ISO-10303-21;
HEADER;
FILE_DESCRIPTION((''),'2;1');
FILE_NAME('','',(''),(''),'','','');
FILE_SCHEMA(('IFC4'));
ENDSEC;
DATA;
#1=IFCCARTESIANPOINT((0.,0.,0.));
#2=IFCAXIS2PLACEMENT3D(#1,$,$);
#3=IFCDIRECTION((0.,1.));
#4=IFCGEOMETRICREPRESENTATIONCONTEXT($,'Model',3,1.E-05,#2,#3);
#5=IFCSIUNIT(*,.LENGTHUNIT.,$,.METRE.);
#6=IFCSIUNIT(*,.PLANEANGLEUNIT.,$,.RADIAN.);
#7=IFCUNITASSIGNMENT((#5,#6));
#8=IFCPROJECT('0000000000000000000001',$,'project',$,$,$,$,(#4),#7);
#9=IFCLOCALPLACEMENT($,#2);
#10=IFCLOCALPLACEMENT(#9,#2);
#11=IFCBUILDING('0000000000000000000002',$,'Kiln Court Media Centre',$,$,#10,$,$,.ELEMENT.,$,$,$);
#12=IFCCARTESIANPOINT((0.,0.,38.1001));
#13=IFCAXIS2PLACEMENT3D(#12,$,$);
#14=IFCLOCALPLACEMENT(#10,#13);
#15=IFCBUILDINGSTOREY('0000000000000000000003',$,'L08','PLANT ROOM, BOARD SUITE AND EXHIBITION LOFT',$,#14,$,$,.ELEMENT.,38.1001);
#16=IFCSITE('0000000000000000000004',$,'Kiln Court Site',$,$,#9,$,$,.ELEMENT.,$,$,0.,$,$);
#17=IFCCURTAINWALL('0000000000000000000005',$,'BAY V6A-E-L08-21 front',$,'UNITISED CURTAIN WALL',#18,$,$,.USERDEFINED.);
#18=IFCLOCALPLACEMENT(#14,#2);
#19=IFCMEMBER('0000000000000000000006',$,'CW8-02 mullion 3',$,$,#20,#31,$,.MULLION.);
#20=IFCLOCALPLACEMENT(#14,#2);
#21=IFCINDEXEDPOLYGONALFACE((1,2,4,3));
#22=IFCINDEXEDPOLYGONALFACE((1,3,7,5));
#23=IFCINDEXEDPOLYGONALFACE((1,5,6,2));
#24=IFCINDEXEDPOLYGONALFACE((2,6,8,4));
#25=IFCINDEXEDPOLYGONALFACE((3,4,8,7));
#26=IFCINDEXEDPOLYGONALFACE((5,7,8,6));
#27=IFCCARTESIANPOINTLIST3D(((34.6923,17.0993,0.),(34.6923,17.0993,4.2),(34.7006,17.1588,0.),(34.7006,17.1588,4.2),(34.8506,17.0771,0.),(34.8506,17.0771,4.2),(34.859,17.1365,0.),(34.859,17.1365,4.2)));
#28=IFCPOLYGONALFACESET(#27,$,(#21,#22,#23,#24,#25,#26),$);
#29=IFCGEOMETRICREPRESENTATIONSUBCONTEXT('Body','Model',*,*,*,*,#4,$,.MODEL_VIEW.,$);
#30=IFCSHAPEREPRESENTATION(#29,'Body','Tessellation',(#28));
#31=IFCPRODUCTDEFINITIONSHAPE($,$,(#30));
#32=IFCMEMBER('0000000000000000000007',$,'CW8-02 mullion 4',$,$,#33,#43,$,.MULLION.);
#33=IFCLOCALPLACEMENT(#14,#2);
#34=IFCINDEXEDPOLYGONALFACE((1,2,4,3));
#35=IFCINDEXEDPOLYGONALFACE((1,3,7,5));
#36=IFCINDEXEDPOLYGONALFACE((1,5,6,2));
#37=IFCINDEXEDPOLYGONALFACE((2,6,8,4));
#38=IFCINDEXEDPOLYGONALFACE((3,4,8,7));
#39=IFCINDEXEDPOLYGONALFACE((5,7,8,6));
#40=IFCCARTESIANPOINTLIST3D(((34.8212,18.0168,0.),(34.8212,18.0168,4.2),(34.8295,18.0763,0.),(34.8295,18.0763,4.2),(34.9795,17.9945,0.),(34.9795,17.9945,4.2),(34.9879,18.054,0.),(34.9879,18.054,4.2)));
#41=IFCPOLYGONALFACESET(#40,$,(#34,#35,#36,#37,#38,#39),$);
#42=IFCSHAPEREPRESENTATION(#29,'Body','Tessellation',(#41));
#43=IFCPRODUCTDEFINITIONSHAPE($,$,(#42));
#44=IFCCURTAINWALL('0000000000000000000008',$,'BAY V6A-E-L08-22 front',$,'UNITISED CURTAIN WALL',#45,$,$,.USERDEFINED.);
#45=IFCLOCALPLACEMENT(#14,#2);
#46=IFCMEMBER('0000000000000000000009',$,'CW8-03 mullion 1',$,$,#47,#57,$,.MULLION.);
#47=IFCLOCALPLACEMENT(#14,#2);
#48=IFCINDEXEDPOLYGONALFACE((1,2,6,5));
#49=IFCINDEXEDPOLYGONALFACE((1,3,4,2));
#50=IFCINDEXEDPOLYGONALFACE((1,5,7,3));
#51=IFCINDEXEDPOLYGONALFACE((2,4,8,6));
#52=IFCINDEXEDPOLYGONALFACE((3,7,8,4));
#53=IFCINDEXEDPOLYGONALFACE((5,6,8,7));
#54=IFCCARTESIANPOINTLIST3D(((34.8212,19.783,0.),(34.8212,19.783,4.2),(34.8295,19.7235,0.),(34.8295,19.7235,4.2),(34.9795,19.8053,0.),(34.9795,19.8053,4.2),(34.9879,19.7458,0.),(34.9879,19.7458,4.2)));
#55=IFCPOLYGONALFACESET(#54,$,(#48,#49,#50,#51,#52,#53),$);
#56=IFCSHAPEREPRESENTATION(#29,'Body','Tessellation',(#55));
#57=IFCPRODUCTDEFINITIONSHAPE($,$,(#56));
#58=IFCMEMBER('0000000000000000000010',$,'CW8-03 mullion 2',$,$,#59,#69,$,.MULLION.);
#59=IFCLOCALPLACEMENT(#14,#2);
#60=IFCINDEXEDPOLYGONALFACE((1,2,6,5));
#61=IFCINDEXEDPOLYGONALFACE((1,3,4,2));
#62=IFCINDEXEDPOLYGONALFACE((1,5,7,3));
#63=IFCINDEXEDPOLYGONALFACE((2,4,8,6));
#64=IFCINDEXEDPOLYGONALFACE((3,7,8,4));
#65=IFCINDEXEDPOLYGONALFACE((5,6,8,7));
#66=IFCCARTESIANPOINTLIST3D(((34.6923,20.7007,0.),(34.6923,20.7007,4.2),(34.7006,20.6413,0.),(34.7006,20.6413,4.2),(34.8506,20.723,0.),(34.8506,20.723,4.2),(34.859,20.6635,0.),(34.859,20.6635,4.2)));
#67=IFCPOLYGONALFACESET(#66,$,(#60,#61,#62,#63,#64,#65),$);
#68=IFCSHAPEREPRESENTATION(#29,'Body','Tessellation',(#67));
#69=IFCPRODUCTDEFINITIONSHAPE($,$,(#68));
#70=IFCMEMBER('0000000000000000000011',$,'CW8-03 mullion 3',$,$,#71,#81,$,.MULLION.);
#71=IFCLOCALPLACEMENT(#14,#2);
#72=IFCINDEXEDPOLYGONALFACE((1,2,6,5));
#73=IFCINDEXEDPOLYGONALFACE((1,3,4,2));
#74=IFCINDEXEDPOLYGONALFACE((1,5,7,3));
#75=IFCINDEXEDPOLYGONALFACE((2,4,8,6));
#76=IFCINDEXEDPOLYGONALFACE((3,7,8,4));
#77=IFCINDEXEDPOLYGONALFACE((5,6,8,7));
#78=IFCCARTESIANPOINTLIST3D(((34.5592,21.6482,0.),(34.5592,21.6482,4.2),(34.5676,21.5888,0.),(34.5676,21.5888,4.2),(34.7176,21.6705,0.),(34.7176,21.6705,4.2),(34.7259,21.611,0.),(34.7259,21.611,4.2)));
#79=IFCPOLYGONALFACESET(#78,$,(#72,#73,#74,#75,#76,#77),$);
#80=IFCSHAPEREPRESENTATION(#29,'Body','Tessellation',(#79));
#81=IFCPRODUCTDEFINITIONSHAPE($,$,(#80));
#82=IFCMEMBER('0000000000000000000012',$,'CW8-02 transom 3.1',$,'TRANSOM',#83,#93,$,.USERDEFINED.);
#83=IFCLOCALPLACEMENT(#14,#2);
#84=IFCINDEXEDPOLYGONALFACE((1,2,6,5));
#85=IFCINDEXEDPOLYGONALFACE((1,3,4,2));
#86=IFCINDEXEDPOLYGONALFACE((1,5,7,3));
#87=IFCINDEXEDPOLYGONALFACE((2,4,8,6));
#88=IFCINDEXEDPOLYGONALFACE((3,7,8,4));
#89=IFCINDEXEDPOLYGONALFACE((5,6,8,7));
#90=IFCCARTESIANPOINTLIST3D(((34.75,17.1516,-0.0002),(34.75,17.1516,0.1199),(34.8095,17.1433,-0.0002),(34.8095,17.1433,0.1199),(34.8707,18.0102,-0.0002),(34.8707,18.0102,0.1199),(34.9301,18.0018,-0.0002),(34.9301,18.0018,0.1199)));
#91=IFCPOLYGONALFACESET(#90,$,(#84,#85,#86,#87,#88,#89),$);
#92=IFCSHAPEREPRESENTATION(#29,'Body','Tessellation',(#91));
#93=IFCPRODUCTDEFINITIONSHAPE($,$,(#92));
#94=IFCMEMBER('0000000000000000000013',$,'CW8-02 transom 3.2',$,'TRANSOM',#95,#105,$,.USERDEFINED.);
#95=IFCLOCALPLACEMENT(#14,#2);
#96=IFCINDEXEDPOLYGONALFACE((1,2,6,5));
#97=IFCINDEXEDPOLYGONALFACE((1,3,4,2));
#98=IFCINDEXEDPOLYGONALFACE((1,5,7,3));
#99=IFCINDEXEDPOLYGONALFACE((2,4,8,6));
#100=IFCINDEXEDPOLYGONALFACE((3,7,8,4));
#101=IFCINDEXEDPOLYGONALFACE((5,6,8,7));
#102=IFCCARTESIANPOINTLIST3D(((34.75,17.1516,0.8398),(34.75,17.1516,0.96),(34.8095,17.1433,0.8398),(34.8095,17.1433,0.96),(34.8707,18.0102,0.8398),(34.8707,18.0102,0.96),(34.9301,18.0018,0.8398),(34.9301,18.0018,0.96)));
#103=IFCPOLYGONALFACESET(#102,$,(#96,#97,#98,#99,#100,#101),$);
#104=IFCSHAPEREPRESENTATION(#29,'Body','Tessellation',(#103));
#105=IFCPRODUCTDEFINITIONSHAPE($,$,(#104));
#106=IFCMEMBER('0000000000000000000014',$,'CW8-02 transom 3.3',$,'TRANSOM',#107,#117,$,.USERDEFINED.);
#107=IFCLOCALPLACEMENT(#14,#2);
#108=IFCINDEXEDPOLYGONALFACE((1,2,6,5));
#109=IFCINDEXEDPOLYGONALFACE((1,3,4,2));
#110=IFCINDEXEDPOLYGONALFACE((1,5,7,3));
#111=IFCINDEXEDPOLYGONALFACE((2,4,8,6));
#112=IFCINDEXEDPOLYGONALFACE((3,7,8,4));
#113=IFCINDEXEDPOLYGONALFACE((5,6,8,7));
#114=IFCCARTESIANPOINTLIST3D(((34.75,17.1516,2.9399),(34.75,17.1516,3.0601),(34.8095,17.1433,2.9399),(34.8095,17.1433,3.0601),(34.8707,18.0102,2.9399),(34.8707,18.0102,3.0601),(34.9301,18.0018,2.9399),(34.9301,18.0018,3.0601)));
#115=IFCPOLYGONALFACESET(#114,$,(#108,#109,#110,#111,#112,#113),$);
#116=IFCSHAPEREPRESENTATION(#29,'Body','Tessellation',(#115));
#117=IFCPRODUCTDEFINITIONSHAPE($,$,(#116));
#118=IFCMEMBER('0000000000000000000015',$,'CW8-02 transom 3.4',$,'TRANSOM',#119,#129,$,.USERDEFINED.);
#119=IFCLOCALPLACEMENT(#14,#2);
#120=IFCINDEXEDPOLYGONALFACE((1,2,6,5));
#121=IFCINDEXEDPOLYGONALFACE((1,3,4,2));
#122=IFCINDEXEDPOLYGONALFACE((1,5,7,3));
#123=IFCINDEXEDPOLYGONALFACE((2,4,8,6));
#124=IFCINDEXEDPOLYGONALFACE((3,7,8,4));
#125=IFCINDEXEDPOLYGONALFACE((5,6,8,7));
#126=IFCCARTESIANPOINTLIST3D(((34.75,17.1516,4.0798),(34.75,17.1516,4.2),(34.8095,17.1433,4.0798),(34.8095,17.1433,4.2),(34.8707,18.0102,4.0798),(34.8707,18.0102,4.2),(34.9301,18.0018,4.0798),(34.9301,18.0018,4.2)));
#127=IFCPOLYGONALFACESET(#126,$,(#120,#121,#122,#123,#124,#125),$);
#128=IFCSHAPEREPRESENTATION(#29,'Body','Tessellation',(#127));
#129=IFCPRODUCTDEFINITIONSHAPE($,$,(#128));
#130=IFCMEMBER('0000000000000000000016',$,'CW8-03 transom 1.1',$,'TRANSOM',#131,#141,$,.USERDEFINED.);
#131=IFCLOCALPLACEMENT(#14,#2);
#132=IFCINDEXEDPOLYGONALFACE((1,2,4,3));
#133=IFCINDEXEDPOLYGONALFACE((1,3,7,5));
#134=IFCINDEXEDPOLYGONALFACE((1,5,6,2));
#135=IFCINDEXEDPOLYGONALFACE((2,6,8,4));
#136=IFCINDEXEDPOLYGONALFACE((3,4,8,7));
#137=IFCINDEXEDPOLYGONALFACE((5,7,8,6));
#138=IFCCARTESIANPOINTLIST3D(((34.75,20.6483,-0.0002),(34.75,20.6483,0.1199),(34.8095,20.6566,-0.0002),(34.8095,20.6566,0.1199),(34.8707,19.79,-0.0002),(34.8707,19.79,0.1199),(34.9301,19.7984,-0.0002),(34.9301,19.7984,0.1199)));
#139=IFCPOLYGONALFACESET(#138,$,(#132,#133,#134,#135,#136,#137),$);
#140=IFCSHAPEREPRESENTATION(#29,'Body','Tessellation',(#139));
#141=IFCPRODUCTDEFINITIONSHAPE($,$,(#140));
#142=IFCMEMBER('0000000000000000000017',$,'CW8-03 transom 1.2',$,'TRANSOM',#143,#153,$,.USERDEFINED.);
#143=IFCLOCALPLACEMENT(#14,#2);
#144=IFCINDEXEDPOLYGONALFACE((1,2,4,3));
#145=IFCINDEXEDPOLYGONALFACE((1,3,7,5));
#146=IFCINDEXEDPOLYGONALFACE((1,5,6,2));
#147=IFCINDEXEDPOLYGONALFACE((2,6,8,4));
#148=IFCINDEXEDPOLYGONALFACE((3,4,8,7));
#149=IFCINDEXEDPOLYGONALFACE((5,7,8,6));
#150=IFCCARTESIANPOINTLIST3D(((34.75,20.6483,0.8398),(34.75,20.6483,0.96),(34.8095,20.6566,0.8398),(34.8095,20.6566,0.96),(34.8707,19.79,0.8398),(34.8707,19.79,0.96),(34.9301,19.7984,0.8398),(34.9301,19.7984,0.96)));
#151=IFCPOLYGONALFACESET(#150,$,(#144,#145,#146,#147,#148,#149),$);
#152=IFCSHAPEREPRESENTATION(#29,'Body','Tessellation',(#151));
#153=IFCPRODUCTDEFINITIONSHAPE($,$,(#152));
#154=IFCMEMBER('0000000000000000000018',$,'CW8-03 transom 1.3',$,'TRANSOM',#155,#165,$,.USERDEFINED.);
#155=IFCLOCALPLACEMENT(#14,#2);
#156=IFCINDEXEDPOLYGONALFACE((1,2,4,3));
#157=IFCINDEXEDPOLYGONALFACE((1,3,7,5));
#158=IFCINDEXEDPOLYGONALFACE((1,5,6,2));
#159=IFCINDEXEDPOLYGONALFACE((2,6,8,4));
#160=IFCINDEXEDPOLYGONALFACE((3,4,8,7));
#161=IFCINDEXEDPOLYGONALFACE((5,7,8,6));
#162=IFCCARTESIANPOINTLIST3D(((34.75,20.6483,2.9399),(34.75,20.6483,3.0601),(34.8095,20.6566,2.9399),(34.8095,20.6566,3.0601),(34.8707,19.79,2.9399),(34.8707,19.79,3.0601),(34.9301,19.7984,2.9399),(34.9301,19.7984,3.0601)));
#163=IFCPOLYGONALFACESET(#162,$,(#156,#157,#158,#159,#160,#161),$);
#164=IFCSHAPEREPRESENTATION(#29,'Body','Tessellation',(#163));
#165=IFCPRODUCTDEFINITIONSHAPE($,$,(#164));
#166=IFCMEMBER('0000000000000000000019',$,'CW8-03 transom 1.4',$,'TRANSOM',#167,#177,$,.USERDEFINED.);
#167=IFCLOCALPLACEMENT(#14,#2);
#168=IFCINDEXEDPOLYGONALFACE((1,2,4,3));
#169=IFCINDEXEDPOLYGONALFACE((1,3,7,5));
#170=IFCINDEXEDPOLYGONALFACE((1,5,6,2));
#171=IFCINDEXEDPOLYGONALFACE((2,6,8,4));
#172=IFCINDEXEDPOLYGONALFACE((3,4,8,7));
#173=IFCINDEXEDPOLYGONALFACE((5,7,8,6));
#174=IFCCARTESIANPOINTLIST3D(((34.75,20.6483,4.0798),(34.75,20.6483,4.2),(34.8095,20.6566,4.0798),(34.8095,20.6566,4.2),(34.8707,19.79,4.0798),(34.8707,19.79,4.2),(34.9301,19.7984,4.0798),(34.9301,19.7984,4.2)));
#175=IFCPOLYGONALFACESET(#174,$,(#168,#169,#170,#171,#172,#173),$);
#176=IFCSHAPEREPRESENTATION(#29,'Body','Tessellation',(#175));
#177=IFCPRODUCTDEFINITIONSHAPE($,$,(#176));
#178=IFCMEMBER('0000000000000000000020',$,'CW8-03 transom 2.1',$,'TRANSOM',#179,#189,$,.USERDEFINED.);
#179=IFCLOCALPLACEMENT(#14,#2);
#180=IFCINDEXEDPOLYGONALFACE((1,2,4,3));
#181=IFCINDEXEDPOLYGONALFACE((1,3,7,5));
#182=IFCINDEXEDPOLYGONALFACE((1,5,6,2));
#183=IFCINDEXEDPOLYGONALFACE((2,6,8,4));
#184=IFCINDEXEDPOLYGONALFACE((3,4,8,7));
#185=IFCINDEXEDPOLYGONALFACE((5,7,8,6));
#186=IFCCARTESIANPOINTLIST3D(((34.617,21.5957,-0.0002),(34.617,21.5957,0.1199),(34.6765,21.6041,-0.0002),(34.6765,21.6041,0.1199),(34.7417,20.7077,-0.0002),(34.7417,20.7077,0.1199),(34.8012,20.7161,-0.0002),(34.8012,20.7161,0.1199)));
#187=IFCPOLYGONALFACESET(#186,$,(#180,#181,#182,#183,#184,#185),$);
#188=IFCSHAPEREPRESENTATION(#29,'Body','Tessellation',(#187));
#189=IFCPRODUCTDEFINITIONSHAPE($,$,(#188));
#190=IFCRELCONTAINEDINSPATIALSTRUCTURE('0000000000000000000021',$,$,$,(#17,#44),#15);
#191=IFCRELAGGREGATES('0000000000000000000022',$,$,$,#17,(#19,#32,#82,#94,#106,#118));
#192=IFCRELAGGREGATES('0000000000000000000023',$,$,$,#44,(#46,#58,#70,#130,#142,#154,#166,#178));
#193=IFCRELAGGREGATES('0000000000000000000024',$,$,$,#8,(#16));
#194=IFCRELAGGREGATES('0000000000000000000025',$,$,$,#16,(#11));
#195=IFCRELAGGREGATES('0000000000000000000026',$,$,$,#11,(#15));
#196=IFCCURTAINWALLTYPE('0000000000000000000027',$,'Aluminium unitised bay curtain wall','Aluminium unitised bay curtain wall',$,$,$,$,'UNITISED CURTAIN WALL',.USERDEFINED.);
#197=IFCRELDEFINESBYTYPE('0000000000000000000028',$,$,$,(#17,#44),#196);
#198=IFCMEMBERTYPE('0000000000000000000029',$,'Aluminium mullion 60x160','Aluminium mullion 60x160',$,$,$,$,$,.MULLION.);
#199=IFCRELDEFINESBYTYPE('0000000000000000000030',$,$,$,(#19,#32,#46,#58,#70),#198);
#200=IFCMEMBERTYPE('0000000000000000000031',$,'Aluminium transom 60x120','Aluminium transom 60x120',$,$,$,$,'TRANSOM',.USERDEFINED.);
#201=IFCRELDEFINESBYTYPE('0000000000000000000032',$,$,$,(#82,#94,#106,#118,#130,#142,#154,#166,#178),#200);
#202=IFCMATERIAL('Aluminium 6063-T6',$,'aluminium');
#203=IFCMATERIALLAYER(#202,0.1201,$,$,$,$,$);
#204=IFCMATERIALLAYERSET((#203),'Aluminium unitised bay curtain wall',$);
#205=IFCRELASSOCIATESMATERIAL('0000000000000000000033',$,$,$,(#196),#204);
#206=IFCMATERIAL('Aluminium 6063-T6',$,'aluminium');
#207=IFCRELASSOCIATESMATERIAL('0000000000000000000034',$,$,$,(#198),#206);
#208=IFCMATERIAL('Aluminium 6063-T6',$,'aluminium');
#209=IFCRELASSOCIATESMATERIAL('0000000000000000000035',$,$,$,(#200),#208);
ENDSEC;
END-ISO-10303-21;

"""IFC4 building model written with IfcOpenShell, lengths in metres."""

from ifc_helpers import new_model, si_unit, direction, frame, origin, origin_2d, place, context, subcontext, project, spatial, rectangle, extrude, material, layer, layer_set, material_profile, profile_set, type_object, element, aggregate, save


model = new_model("IFC4")

# Units and contexts
model_context = context("Model", 3, precision=1e-05, world=origin(), true_north=direction((0.0, 1.0)))
body_context = subcontext(model_context, "Body", "Model", "MODEL_VIEW")
ifc_project = project(units=[si_unit("LENGTHUNIT", "METRE"), si_unit("PLANEANGLEUNIT", "RADIAN")], contexts=[model_context])

# Site, building, storey
site_placement = place(None, origin())
site = spatial("IfcSite", under=ifc_project, at=site_placement, Name="Kiln Court Site", CompositionType="ELEMENT", RefElevation=0.0)
building_placement = place(site_placement, origin())
building = spatial("IfcBuilding", under=site, at=building_placement, Name="Kiln Court Media Centre", CompositionType="ELEMENT")
storey_placement = place(building_placement, frame((0.0, 0.0, 38.1001)))
storey = spatial("IfcBuildingStorey", under=building, at=storey_placement, Name="L08", Description="PLANT ROOM, BOARD SUITE AND EXHIBITION LOFT", CompositionType="ELEMENT", Elevation=38.1001)

# Curtain walls, members
ifc_material_1 = material(Name="Aluminium 6063-T6", Category="aluminium")
ifc_layer_1 = layer(ifc_material_1, 0.1201)
ifc_layer_set_1 = layer_set([ifc_layer_1], Name="Aluminium unitised bay curtain wall")
curtain_wall_type = type_object("IfcCurtainWallType", Name="Aluminium unitised bay curtain wall", Description="Aluminium unitised bay curtain wall", ElementType="UNITISED CURTAIN WALL", PredefinedType="USERDEFINED", material=ifc_layer_set_1)
curtain_wall_1_placement = place(storey_placement, origin())
curtain_wall_1 = element("IfcCurtainWall", 1, at=curtain_wall_1_placement, inside=storey, type_object=curtain_wall_type, Name="BAY V6A-E-L08-21 front", ObjectType="UNITISED CURTAIN WALL", PredefinedType="USERDEFINED")
ifc_material_2 = material(Name="Aluminium 6063-T6", Category="aluminium")
ifc_material_profile_1 = material_profile(ifc_material_2, rectangle(XDim=0.0601, YDim=0.1599, at=origin_2d()), Name="Aluminium mullion 60x160")
ifc_profile_set_1 = profile_set([ifc_material_profile_1], Name="Aluminium 6063-T6")
member_type_1 = type_object("IfcMemberType", Name="Aluminium mullion 60x160", Description="Aluminium mullion 60x160", PredefinedType="MULLION", material=ifc_profile_set_1)
member_1_placement = place(storey_placement, frame((34.7756, 17.1179, 0.0), z_axis=(0.0, 0.0, 1.0), x_axis=(0.139162, 0.99027, 0.0)))
member_1 = element("IfcMember", 2, at=member_1_placement, type_object=member_type_1, Name="CW8-02 mullion 3", PredefinedType="MULLION", context=body_context, shape_type="SweptSolid", body=[
    extrude(rectangle(XDim=0.0601, YDim=0.1599, at=origin_2d()), origin(), (0.0, 0.0, 1.0), 4.2),
])
member_2_placement = place(storey_placement, frame((34.9045, 18.0354, 0.0), z_axis=(0.0, 0.0, 1.0), x_axis=(0.139162, 0.99027, 0.0)))
member_2 = element("IfcMember", 3, at=member_2_placement, type_object=member_type_1, Name="CW8-02 mullion 4", PredefinedType="MULLION", context=body_context, shape_type="SweptSolid", body=[
    extrude(rectangle(XDim=0.0601, YDim=0.1599, at=origin_2d()), origin(), (0.0, 0.0, 1.0), 4.2),
])
curtain_wall_2_placement = place(storey_placement, origin())
curtain_wall_2 = element("IfcCurtainWall", 4, at=curtain_wall_2_placement, inside=storey, type_object=curtain_wall_type, Name="BAY V6A-E-L08-22 front", ObjectType="UNITISED CURTAIN WALL", PredefinedType="USERDEFINED")
member_3_placement = place(storey_placement, frame((34.9045, 19.7644, 0.0), z_axis=(0.0, 0.0, 1.0), x_axis=(-0.139162, 0.99027, 0.0)))
member_3 = element("IfcMember", 5, at=member_3_placement, type_object=member_type_1, Name="CW8-03 mullion 1", PredefinedType="MULLION", context=body_context, shape_type="SweptSolid", body=[
    extrude(rectangle(XDim=0.0601, YDim=0.1599, at=origin_2d()), origin(), (0.0, 0.0, 1.0), 4.2),
])
member_4_placement = place(storey_placement, frame((34.7756, 20.6821, 0.0), z_axis=(0.0, 0.0, 1.0), x_axis=(-0.139162, 0.99027, 0.0)))
member_4 = element("IfcMember", 6, at=member_4_placement, type_object=member_type_1, Name="CW8-03 mullion 2", PredefinedType="MULLION", context=body_context, shape_type="SweptSolid", body=[
    extrude(rectangle(XDim=0.0601, YDim=0.1599, at=origin_2d()), origin(), (0.0, 0.0, 1.0), 4.2),
])
member_5_placement = place(storey_placement, frame((34.6426, 21.6296, 0.0), z_axis=(0.0, 0.0, 1.0), x_axis=(-0.139162, 0.99027, 0.0)))
member_5 = element("IfcMember", 7, at=member_5_placement, type_object=member_type_1, Name="CW8-03 mullion 3", PredefinedType="MULLION", context=body_context, shape_type="SweptSolid", body=[
    extrude(rectangle(XDim=0.0601, YDim=0.1599, at=origin_2d()), origin(), (0.0, 0.0, 1.0), 4.2),
])

# Members
ifc_material_3 = material(Name="Aluminium 6063-T6", Category="aluminium")
ifc_material_profile_2 = material_profile(ifc_material_3, rectangle(XDim=0.0601, YDim=0.1201, at=origin_2d()), Name="Aluminium transom 60x120")
ifc_profile_set_2 = profile_set([ifc_material_profile_2], Name="Aluminium 6063-T6")
member_type_2 = type_object("IfcMemberType", Name="Aluminium transom 60x120", Description="Aluminium transom 60x120", ElementType="TRANSOM", PredefinedType="USERDEFINED", material=ifc_profile_set_2)
member_6_placement = place(storey_placement, frame((34.7798, 17.1475, 0.0598), z_axis=(0.139134, 0.990274, 0.0), x_axis=(-0.990274, 0.139134, 0.0)))
member_6 = element("IfcMember", 8, at=member_6_placement, type_object=member_type_2, Name="CW8-02 transom 3.1", ObjectType="TRANSOM", PredefinedType="USERDEFINED", context=body_context, shape_type="SweptSolid", body=[
    extrude(rectangle(XDim=0.0601, YDim=0.1201, at=origin_2d()), origin(), (0.0, 0.0, 1.0), 0.8669),
])
member_7_placement = place(storey_placement, frame((34.7798, 17.1475, 0.8999), z_axis=(0.139134, 0.990274, 0.0), x_axis=(-0.990274, 0.139134, 0.0)))
member_7 = element("IfcMember", 9, at=member_7_placement, type_object=member_type_2, Name="CW8-02 transom 3.2", ObjectType="TRANSOM", PredefinedType="USERDEFINED", context=body_context, shape_type="SweptSolid", body=[
    extrude(rectangle(XDim=0.0601, YDim=0.1201, at=origin_2d()), origin(), (0.0, 0.0, 1.0), 0.8669),
])
member_8_placement = place(storey_placement, frame((34.7798, 17.1475, 3.0), z_axis=(0.139134, 0.990274, 0.0), x_axis=(-0.990274, 0.139134, 0.0)))
member_8 = element("IfcMember", 10, at=member_8_placement, type_object=member_type_2, Name="CW8-02 transom 3.3", ObjectType="TRANSOM", PredefinedType="USERDEFINED", context=body_context, shape_type="SweptSolid", body=[
    extrude(rectangle(XDim=0.0601, YDim=0.1201, at=origin_2d()), origin(), (0.0, 0.0, 1.0), 0.8669),
])
member_9_placement = place(storey_placement, frame((34.7798, 17.1475, 4.1399), z_axis=(0.139134, 0.990274, 0.0), x_axis=(-0.990274, 0.139134, 0.0)))
member_9 = element("IfcMember", 11, at=member_9_placement, type_object=member_type_2, Name="CW8-02 transom 3.4", ObjectType="TRANSOM", PredefinedType="USERDEFINED", context=body_context, shape_type="SweptSolid", body=[
    extrude(rectangle(XDim=0.0601, YDim=0.1201, at=origin_2d()), origin(), (0.0, 0.0, 1.0), 0.8669),
])
member_10_placement = place(storey_placement, frame((34.9004, 19.7942, 0.0598), z_axis=(-0.139173, 0.990268, 0.0), x_axis=(-0.990268, -0.139173, 0.0)))
member_10 = element("IfcMember", 12, at=member_10_placement, type_object=member_type_2, Name="CW8-03 transom 1.1", ObjectType="TRANSOM", PredefinedType="USERDEFINED", context=body_context, shape_type="SweptSolid", body=[
    extrude(rectangle(XDim=0.0601, YDim=0.1201, at=origin_2d()), origin(), (0.0, 0.0, 1.0), 0.8667),
])
member_11_placement = place(storey_placement, frame((34.9004, 19.7942, 0.8999), z_axis=(-0.139173, 0.990268, 0.0), x_axis=(-0.990268, -0.139173, 0.0)))
member_11 = element("IfcMember", 13, at=member_11_placement, type_object=member_type_2, Name="CW8-03 transom 1.2", ObjectType="TRANSOM", PredefinedType="USERDEFINED", context=body_context, shape_type="SweptSolid", body=[
    extrude(rectangle(XDim=0.0601, YDim=0.1201, at=origin_2d()), origin(), (0.0, 0.0, 1.0), 0.8667),
])
member_12_placement = place(storey_placement, frame((34.9004, 19.7942, 3.0), z_axis=(-0.139173, 0.990268, 0.0), x_axis=(-0.990268, -0.139173, 0.0)))
member_12 = element("IfcMember", 14, at=member_12_placement, type_object=member_type_2, Name="CW8-03 transom 1.3", ObjectType="TRANSOM", PredefinedType="USERDEFINED", context=body_context, shape_type="SweptSolid", body=[
    extrude(rectangle(XDim=0.0601, YDim=0.1201, at=origin_2d()), origin(), (0.0, 0.0, 1.0), 0.8667),
])
member_13_placement = place(storey_placement, frame((34.9004, 19.7942, 4.1399), z_axis=(-0.139173, 0.990268, 0.0), x_axis=(-0.990268, -0.139173, 0.0)))
member_13 = element("IfcMember", 15, at=member_13_placement, type_object=member_type_2, Name="CW8-03 transom 1.4", ObjectType="TRANSOM", PredefinedType="USERDEFINED", context=body_context, shape_type="SweptSolid", body=[
    extrude(rectangle(XDim=0.0601, YDim=0.1201, at=origin_2d()), origin(), (0.0, 0.0, 1.0), 0.8667),
])
member_14_placement = place(storey_placement, frame((34.7715, 20.7119, 0.0598), z_axis=(-0.139134, 0.990274, 0.0), x_axis=(-0.990274, -0.139134, 0.0)))
member_14 = element("IfcMember", 16, at=member_14_placement, type_object=member_type_2, Name="CW8-03 transom 2.1", ObjectType="TRANSOM", PredefinedType="USERDEFINED", context=body_context, shape_type="SweptSolid", body=[
    extrude(rectangle(XDim=0.0601, YDim=0.1201, at=origin_2d()), origin(), (0.0, 0.0, 1.0), 0.8967),
])

aggregate(curtain_wall_1, [member_1, member_2, member_6, member_7, member_8, member_9])
aggregate(curtain_wall_2, [member_3, member_4, member_5, member_10, member_11, member_12, member_13, member_14])

save(model, "model.ifc")
